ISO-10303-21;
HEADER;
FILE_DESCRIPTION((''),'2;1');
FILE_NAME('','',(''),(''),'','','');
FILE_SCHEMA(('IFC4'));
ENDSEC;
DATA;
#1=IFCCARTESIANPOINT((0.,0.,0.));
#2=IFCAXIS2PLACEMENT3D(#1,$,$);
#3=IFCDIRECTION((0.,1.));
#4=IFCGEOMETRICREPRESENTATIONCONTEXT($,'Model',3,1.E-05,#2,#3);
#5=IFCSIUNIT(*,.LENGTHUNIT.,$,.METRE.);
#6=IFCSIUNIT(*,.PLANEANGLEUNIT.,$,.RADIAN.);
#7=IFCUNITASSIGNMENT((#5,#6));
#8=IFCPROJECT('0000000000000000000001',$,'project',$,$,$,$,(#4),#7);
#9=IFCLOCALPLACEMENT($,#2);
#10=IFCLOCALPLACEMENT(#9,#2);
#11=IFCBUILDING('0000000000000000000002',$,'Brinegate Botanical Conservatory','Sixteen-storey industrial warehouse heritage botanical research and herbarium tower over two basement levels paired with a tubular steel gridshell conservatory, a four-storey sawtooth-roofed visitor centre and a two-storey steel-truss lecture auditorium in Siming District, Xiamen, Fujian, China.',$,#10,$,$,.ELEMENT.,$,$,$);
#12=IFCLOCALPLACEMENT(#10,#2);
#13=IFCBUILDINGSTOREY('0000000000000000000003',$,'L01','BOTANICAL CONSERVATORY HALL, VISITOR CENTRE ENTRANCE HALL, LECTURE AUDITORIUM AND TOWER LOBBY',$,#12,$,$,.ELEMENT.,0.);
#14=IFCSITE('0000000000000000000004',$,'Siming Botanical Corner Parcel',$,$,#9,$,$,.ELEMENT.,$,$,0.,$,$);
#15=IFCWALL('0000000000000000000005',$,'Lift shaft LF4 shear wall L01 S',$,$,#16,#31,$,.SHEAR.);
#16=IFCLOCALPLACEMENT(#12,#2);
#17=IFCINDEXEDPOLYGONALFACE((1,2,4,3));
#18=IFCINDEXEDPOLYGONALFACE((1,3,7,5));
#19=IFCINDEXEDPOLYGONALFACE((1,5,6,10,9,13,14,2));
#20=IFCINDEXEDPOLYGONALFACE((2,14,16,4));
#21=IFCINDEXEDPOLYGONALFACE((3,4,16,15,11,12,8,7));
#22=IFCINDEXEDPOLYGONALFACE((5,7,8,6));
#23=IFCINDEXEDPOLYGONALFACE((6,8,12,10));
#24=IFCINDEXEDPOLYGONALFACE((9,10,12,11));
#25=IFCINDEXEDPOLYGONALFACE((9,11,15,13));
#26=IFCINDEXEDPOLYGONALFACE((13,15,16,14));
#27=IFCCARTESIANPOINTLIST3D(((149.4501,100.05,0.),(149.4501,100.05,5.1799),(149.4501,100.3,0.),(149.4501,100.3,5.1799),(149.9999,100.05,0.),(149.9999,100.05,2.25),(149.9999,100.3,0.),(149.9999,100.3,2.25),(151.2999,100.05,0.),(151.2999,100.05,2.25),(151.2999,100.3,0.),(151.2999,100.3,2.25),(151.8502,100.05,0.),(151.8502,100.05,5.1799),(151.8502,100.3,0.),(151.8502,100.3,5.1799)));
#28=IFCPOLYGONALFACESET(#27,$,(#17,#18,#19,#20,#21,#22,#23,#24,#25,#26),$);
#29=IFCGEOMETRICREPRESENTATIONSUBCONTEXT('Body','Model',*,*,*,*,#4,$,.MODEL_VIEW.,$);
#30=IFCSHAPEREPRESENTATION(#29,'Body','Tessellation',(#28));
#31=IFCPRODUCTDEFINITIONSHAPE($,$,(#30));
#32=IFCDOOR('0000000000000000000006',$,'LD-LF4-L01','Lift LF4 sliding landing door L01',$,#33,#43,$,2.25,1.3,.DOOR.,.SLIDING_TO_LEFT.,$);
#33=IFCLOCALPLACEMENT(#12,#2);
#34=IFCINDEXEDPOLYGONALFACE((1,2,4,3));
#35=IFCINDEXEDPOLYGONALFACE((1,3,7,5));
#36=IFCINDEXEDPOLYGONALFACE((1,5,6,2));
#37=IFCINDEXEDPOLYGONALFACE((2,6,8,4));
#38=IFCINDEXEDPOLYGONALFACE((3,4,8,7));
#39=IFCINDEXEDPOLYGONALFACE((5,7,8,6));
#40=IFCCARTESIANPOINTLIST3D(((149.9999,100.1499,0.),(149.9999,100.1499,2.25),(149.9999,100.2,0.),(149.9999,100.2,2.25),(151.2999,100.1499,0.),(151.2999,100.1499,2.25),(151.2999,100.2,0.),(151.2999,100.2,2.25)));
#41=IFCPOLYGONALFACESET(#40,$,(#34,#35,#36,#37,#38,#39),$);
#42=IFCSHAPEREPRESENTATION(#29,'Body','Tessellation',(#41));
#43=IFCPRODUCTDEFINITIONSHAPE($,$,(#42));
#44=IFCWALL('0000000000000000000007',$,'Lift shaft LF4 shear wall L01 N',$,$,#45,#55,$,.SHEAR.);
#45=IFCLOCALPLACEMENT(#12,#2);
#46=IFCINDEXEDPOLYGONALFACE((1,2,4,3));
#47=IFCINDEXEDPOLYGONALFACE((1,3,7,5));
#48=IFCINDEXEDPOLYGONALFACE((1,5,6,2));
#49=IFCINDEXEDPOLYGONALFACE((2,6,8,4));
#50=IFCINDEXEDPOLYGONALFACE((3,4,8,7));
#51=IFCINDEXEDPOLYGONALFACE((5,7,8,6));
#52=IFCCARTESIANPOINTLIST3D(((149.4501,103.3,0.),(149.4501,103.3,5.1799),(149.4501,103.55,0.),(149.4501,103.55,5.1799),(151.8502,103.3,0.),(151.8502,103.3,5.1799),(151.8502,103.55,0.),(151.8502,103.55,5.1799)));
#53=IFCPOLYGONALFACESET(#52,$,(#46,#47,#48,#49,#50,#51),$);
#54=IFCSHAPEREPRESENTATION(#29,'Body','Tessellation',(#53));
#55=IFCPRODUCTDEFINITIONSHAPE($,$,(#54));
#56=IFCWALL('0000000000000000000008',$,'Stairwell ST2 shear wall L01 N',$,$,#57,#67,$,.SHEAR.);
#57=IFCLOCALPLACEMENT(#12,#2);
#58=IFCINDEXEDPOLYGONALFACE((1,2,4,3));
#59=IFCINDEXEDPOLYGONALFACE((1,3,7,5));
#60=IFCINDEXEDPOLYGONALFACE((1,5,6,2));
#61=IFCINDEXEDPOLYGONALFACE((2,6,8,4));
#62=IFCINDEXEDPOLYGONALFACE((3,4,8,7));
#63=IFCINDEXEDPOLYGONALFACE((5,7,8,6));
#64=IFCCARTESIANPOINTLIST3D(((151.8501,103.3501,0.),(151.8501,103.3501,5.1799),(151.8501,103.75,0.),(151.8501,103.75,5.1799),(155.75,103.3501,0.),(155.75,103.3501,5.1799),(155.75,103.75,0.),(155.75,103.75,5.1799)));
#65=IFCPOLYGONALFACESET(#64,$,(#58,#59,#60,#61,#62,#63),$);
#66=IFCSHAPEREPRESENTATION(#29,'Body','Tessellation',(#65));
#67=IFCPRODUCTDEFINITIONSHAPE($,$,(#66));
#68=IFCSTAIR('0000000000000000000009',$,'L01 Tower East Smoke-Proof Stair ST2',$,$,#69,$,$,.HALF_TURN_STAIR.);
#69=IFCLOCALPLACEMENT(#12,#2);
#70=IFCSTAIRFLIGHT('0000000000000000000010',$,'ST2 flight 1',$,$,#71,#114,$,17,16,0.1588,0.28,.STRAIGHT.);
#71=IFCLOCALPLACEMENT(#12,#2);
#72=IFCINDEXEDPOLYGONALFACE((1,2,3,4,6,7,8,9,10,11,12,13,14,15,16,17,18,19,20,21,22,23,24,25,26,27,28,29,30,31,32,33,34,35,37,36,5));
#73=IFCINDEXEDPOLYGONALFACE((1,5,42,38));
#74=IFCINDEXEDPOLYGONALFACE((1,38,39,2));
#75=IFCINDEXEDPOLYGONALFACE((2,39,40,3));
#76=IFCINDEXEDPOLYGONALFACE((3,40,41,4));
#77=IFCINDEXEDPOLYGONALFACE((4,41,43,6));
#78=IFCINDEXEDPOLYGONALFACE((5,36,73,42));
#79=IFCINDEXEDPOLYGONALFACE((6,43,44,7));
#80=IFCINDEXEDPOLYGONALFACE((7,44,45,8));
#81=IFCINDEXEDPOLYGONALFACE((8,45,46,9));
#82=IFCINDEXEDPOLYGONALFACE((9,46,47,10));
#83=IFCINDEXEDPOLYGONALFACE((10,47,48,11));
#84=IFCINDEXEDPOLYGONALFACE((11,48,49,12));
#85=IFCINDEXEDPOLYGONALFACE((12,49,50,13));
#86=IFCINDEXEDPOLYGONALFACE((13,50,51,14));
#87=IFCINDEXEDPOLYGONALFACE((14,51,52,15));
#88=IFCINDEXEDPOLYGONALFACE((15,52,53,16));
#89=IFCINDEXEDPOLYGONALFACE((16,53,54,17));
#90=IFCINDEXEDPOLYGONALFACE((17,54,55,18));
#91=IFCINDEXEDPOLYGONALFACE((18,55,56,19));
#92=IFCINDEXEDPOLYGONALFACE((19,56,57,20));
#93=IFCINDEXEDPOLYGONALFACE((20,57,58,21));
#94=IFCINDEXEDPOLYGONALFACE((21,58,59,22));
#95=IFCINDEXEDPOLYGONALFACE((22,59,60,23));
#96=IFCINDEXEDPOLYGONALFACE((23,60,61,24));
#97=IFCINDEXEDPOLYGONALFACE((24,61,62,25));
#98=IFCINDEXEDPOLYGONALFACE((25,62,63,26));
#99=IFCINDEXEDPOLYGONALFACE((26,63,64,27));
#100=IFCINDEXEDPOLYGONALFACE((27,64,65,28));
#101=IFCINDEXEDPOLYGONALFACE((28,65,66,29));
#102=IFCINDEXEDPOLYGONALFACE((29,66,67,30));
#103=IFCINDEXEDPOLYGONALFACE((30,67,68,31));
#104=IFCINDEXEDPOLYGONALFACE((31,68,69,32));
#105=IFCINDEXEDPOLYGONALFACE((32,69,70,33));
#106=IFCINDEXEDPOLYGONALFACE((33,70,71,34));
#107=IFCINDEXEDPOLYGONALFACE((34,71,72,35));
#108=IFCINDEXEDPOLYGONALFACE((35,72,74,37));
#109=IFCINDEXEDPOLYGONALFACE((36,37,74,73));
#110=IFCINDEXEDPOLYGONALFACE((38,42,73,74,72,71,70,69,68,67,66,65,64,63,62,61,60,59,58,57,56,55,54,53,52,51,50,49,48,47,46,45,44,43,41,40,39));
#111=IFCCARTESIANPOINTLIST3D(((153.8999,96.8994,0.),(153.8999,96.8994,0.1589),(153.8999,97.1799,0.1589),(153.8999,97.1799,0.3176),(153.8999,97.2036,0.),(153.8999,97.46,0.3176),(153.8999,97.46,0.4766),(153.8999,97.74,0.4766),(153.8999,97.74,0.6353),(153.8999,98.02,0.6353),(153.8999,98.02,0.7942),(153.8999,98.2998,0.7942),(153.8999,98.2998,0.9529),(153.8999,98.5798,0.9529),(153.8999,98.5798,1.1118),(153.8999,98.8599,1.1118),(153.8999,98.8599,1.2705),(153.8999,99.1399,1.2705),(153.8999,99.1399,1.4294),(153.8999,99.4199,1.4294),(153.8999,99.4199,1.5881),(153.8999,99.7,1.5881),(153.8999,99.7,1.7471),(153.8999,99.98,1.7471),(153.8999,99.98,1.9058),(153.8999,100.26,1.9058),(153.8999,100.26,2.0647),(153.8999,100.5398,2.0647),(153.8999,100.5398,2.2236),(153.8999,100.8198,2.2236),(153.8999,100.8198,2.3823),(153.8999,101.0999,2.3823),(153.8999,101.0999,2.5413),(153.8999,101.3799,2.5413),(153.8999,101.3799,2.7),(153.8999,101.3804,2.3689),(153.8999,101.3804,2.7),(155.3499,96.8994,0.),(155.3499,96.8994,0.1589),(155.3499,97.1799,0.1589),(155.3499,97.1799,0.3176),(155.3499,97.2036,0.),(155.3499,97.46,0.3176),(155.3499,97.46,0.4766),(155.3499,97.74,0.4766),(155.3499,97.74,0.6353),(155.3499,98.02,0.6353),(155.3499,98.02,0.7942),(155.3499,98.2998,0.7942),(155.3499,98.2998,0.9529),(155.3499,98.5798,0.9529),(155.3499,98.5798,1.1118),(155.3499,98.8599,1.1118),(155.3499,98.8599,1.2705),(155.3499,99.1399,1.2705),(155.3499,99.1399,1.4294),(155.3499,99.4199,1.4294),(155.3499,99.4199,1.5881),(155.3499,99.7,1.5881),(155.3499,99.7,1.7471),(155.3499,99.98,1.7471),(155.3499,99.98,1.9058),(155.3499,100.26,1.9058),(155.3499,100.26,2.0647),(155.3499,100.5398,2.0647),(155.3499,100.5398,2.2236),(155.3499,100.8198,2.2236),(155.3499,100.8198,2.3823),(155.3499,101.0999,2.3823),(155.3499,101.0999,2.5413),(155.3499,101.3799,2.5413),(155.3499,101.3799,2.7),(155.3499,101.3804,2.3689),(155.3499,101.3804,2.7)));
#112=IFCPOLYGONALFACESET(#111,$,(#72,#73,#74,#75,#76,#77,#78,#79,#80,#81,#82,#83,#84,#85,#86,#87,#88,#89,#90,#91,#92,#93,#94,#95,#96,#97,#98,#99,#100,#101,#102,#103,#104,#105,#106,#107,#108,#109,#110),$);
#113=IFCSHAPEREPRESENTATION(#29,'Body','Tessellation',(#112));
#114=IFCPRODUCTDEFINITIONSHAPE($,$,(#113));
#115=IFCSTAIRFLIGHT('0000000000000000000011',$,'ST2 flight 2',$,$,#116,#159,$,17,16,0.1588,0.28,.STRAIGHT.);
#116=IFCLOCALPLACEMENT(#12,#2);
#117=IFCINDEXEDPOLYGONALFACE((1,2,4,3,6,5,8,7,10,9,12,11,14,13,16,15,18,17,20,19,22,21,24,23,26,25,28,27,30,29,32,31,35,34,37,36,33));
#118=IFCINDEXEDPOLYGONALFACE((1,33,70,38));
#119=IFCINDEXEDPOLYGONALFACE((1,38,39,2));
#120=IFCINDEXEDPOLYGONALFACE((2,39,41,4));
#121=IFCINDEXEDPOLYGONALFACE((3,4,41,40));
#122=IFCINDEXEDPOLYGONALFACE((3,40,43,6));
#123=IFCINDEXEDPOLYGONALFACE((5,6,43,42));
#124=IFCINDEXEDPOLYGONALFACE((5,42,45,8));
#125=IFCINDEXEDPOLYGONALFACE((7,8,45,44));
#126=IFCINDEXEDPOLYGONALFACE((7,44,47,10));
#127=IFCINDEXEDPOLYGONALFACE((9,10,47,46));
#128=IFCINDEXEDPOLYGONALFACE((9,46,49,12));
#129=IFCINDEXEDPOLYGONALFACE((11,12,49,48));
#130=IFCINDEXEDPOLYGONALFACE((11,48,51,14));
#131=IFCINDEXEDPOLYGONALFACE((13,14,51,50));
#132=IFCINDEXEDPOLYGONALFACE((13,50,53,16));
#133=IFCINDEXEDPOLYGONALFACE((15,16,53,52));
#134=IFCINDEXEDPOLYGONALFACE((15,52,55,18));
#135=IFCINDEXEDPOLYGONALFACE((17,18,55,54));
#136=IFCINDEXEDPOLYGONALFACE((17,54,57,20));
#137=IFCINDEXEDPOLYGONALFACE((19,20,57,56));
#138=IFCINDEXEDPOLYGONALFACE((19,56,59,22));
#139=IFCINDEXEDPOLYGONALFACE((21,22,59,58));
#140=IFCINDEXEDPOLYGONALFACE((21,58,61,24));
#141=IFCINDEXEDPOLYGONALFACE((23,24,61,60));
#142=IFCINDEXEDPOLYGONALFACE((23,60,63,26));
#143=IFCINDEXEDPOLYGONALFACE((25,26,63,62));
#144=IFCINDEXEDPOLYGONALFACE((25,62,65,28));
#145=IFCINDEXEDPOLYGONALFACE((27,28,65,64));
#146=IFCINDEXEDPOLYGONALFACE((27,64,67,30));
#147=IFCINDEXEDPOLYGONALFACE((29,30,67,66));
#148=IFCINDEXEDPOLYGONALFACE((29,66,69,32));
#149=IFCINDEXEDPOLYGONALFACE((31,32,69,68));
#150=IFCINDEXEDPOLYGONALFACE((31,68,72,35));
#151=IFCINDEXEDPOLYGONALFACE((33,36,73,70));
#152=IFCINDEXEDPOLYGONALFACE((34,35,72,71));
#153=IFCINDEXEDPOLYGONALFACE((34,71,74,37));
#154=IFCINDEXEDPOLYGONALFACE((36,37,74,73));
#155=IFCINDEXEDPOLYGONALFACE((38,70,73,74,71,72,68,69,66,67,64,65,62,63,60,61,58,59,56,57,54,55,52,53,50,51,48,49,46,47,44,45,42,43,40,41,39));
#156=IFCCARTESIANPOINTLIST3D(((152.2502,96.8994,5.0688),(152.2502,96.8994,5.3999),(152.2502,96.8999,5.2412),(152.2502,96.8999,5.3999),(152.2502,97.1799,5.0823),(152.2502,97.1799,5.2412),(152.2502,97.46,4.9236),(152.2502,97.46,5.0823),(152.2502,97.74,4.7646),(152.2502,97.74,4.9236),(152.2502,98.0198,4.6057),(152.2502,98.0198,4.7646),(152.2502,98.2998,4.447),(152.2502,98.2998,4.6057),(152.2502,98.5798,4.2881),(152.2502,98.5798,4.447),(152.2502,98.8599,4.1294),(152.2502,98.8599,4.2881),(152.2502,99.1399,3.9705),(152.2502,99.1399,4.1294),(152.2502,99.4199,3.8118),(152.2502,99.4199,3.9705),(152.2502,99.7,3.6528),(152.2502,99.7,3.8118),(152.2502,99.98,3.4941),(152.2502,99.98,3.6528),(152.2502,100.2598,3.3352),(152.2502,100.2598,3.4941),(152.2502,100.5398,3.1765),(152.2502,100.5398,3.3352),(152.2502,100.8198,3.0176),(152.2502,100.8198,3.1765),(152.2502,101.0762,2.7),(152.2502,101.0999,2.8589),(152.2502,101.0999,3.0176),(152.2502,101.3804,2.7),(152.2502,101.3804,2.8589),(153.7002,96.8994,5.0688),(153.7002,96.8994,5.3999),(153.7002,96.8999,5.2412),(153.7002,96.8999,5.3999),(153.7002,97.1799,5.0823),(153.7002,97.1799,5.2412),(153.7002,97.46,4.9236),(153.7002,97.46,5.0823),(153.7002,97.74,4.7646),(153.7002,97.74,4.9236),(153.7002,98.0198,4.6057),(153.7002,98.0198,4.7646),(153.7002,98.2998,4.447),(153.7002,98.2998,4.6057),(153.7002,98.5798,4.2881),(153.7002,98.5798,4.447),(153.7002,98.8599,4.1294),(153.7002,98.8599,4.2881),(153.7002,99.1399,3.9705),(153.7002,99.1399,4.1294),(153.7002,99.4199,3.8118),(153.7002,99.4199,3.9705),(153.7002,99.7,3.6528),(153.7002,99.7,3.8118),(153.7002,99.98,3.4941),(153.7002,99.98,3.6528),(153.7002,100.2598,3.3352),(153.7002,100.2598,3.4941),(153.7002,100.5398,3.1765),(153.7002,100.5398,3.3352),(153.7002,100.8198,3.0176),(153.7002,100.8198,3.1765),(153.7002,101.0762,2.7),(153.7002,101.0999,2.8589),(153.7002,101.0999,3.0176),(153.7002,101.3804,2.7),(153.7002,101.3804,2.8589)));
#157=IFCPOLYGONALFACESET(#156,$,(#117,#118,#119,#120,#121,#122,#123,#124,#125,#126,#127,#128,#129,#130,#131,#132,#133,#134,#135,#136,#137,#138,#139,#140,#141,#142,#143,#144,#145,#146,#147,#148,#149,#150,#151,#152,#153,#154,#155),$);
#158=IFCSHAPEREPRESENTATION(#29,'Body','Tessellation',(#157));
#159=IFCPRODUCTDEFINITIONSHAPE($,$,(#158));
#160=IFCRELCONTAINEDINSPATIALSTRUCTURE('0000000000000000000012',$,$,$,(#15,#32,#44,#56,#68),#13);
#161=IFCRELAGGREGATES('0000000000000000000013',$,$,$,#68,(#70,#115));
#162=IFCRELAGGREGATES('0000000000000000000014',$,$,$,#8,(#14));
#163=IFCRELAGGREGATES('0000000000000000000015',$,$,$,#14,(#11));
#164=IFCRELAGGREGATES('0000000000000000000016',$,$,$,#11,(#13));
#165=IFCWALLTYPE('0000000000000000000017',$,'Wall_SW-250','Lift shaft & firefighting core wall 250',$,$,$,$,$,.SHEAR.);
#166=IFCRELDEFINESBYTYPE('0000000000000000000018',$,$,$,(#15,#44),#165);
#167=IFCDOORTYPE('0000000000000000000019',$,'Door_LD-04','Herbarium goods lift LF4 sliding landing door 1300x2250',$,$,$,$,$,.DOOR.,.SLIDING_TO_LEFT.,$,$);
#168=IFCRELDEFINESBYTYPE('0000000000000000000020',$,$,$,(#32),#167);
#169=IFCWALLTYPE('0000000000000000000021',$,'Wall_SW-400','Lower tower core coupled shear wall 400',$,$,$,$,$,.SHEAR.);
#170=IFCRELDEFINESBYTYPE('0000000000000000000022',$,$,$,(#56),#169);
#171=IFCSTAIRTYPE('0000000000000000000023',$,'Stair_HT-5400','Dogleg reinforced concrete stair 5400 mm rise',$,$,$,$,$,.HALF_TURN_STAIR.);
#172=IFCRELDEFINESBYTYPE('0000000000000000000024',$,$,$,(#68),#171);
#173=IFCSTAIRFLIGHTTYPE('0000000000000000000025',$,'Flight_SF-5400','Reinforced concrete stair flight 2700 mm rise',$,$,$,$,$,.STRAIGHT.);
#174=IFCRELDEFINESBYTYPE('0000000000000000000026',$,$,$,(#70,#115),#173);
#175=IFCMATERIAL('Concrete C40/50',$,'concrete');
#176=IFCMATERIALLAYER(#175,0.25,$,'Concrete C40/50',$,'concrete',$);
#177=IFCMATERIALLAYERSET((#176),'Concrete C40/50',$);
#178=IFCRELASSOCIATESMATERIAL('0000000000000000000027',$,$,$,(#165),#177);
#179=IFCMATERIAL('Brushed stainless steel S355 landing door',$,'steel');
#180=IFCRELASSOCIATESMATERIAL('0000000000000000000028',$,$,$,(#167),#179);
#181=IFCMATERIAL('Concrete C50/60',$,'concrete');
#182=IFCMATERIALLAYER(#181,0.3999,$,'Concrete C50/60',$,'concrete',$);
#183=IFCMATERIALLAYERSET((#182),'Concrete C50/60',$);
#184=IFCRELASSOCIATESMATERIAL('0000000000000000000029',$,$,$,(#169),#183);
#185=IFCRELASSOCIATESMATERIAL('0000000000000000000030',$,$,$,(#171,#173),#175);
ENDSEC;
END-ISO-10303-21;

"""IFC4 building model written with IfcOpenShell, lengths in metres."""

from ifc_helpers import new_model, si_unit, direction, frame, frame_2d, origin, place, context, subcontext, project, spatial, polyline, rectangle, outline, extrude, material, layer, layer_set, type_object, element, fill, aggregate, save


model = new_model("IFC4")

# Units and contexts
model_context = context("Model", 3, precision=1e-05, world=origin(), true_north=direction((0.0, 1.0)))
body_context = subcontext(model_context, "Body", "Model", "MODEL_VIEW")
ifc_project = project(units=[si_unit("LENGTHUNIT", "METRE"), si_unit("PLANEANGLEUNIT", "RADIAN")], contexts=[model_context])

# Site, building, storey
site_placement = place(None, origin())
site = spatial("IfcSite", under=ifc_project, at=site_placement, Name="Siming Botanical Corner Parcel", CompositionType="ELEMENT", RefElevation=0.0)
building_placement = place(site_placement, origin())
building = spatial("IfcBuilding", under=site, at=building_placement, Name="Brinegate Botanical Conservatory", Description="Sixteen-storey industrial warehouse heritage botanical research and herbarium tower over two basement levels paired with a tubular steel gridshell conservatory, a four-storey sawtooth-roofed visitor centre and a two-storey steel-truss lecture auditorium in Siming District, Xiamen, Fujian, China.", CompositionType="ELEMENT")
storey_placement = place(building_placement, origin())
storey = spatial("IfcBuildingStorey", under=building, at=storey_placement, Name="L01", Description="BOTANICAL CONSERVATORY HALL, VISITOR CENTRE ENTRANCE HALL, LECTURE AUDITORIUM AND TOWER LOBBY", CompositionType="ELEMENT", Elevation=0.0)

# Shared definitions
ifc_material_1 = material(Name="Concrete C50/60", Category="concrete")

# Shared definitions
ifc_material_2 = material(Name="Concrete C40/50", Category="concrete")

# Shared definitions
ifc_layer_1 = layer(ifc_material_2, 0.25, Name="Concrete C40/50", Category="concrete")
ifc_layer_set_1 = layer_set([ifc_layer_1], Name="Concrete C40/50")
wall_type_1 = type_object("IfcWallType", Name="Wall_SW-250", Description="Lift shaft & firefighting core wall 250", PredefinedType="SHEAR", material=ifc_layer_set_1)

# Wall, opening, door
wall_1_placement = place(storey_placement, frame((149.45, 100.175, 0.0), z_axis=(0.0, 0.0, 1.0), x_axis=(1.0, 0.0, 0.0)))
wall_1 = element("IfcWall", 1, at=wall_1_placement, inside=storey, type_object=wall_type_1, Name="Lift shaft LF4 shear wall L01 S", PredefinedType="SHEAR", context=body_context, shape_type="SweptSolid", body=[
    extrude(rectangle(XDim=2.4001, YDim=0.25, at=frame_2d((1.2002, 0.0))), origin(), (0.0, 0.0, 1.0), 5.1799),
])
opening_1_placement = place(wall_1_placement, frame((0.55, 0.0, 0.0)))
opening_1 = element("IfcOpeningElement", 2, at=opening_1_placement, cuts=wall_1, PredefinedType="OPENING", context=body_context, shape_type="SweptSolid", body=[
    extrude(rectangle(XDim=1.3, YDim=2.25, at=frame_2d((0.6499, 1.125))), frame((0.0, 0.135, 0.0), z_axis=(0.0, -1.0, 0.0), x_axis=(1.0, 0.0, 0.0)), (0.0, 0.0, 1.0), 0.27),
])
ifc_material_3 = material(Name="Brushed stainless steel S355 landing door", Category="steel")
door_type_1 = type_object("IfcDoorType", Name="Door_LD-04", Description="Herbarium goods lift LF4 sliding landing door 1300x2250", OperationType="SLIDING_TO_LEFT", PredefinedType="DOOR", material=ifc_material_3)
door_1_placement = place(opening_1_placement, origin())
door_1 = element("IfcDoor", 3, at=door_1_placement, inside=storey, type_object=door_type_1, Name="LD-LF4-L01", Description="Lift LF4 sliding landing door L01", OperationType="SLIDING_TO_LEFT", OverallHeight=2.25, OverallWidth=1.3, PredefinedType="DOOR", context=body_context, shape_type="SweptSolid", body=[
    extrude(rectangle(XDim=1.3, YDim=2.25, at=frame_2d((0.6499, 1.125))), frame((0.0, 0.0249, 0.0), z_axis=(0.0, -1.0, 0.0), x_axis=(1.0, 0.0, 0.0)), (0.0, 0.0, 1.0), 0.05),
])
fill(opening_1, door_1)

# Walls
wall_2_placement = place(storey_placement, frame((149.45, 103.425, 0.0), z_axis=(0.0, 0.0, 1.0), x_axis=(1.0, 0.0, 0.0)))
element("IfcWall", 4, at=wall_2_placement, inside=storey, type_object=wall_type_1, Name="Lift shaft LF4 shear wall L01 N", PredefinedType="SHEAR", context=body_context, shape_type="SweptSolid", body=[
    extrude(rectangle(XDim=2.4001, YDim=0.25, at=frame_2d((1.2002, 0.0))), origin(), (0.0, 0.0, 1.0), 5.1799),
])
ifc_layer_2 = layer(ifc_material_1, 0.3999, Name="Concrete C50/60", Category="concrete")
ifc_layer_set_2 = layer_set([ifc_layer_2], Name="Concrete C50/60")
wall_type_2 = type_object("IfcWallType", Name="Wall_SW-400", Description="Lower tower core coupled shear wall 400", PredefinedType="SHEAR", material=ifc_layer_set_2)
wall_3_placement = place(storey_placement, frame((151.8501, 103.55, 0.0), z_axis=(0.0, 0.0, 1.0), x_axis=(1.0, 0.0, 0.0)))
element("IfcWall", 5, at=wall_3_placement, inside=storey, type_object=wall_type_2, Name="Stairwell ST2 shear wall L01 N", PredefinedType="SHEAR", context=body_context, shape_type="SweptSolid", body=[
    extrude(rectangle(XDim=3.8999, YDim=0.3999, at=frame_2d((1.95, 0.0))), origin(), (0.0, 0.0, 1.0), 5.1799),
])

# Stair, stair flights
stair_type = type_object("IfcStairType", Name="Stair_HT-5400", Description="Dogleg reinforced concrete stair 5400 mm rise", PredefinedType="HALF_TURN_STAIR", material=ifc_material_2)
stair_placement = place(storey_placement, origin())
stair = element("IfcStair", 6, at=stair_placement, inside=storey, type_object=stair_type, Name="L01 Tower East Smoke-Proof Stair ST2", PredefinedType="HALF_TURN_STAIR")
stair_flight_type = type_object("IfcStairFlightType", Name="Flight_SF-5400", Description="Reinforced concrete stair flight 2700 mm rise", PredefinedType="STRAIGHT", material=ifc_material_2)
stair_flight_1_placement = place(storey_placement, frame((154.625, 96.8999, 0.0), z_axis=(0.0, 0.0, 1.0), x_axis=(0.0, 1.0, 0.0)))
stair_flight_1 = element("IfcStairFlight", 7, at=stair_flight_1_placement, type_object=stair_flight_type, Name="ST2 flight 1", NumberOfRisers=17, NumberOfTreads=16, PredefinedType="STRAIGHT", RiserHeight=0.1588, TreadLength=0.28, context=body_context, shape_type="SweptSolid", body=[
    extrude(outline(polyline([(-0.0005, 0.0), (-0.0005, 0.1589), (0.28, 0.1589), (0.28, 0.3176), (0.5601, 0.3176), (0.5601, 0.4766), (0.8401, 0.4766), (0.8401, 0.6353), (1.1201, 0.6353), (1.1201, 0.7942), (1.3999, 0.7942), (1.3999, 0.9529), (1.6799, 0.9529), (1.6799, 1.1118), (1.96, 1.1118), (1.96, 1.2705), (2.24, 1.2705), (2.24, 1.4294), (2.52, 1.4294), (2.52, 1.5881), (2.8, 1.5881), (2.8, 1.7471), (3.0801, 1.7471), (3.0801, 1.9058), (3.3601, 1.9058), (3.3601, 2.0647), (3.6399, 2.0647), (3.6399, 2.2236), (3.9199, 2.2236), (3.9199, 2.3823), (4.2, 2.3823), (4.2, 2.5413), (4.48, 2.5413), (4.48, 2.7), (4.4805, 2.7), (4.4805, 2.3689), (0.3037, 0.0), (-0.0005, 0.0)])), frame((0.0, 0.7251, 0.0), z_axis=(0.0, -1.0, 0.0), x_axis=(1.0, 0.0, 0.0)), (0.0, 0.0, 1.0), 1.45),
])
stair_flight_2_placement = place(storey_placement, frame((152.9751, 101.3799, 2.7), z_axis=(0.0, 0.0, 1.0), x_axis=(0.0, -1.0, 0.0)))
stair_flight_2 = element("IfcStairFlight", 8, at=stair_flight_2_placement, type_object=stair_flight_type, Name="ST2 flight 2", NumberOfRisers=17, NumberOfTreads=16, PredefinedType="STRAIGHT", RiserHeight=0.1588, TreadLength=0.28, context=body_context, shape_type="SweptSolid", body=[
    extrude(outline(polyline([(-0.0005, 0.0), (-0.0005, 0.1589), (0.28, 0.1589), (0.28, 0.3176), (0.5601, 0.3176), (0.5601, 0.4766), (0.8401, 0.4766), (0.8401, 0.6353), (1.1201, 0.6353), (1.1201, 0.7942), (1.3999, 0.7942), (1.3999, 0.9529), (1.6799, 0.9529), (1.6799, 1.1118), (1.96, 1.1118), (1.96, 1.2705), (2.24, 1.2705), (2.24, 1.4294), (2.52, 1.4294), (2.52, 1.5881), (2.8, 1.5881), (2.8, 1.7471), (3.0801, 1.7471), (3.0801, 1.9058), (3.3601, 1.9058), (3.3601, 2.0647), (3.6399, 2.0647), (3.6399, 2.2236), (3.9199, 2.2236), (3.9199, 2.3823), (4.2, 2.3823), (4.2, 2.5413), (4.48, 2.5413), (4.48, 2.7), (4.4805, 2.7), (4.4805, 2.3689), (0.3037, 0.0), (-0.0005, 0.0)])), frame((0.0, 0.7251, 0.0), z_axis=(0.0, -1.0, 0.0), x_axis=(1.0, 0.0, 0.0)), (0.0, 0.0, 1.0), 1.45),
])
aggregate(stair, [stair_flight_1, stair_flight_2])

save(model, "model.ifc")
